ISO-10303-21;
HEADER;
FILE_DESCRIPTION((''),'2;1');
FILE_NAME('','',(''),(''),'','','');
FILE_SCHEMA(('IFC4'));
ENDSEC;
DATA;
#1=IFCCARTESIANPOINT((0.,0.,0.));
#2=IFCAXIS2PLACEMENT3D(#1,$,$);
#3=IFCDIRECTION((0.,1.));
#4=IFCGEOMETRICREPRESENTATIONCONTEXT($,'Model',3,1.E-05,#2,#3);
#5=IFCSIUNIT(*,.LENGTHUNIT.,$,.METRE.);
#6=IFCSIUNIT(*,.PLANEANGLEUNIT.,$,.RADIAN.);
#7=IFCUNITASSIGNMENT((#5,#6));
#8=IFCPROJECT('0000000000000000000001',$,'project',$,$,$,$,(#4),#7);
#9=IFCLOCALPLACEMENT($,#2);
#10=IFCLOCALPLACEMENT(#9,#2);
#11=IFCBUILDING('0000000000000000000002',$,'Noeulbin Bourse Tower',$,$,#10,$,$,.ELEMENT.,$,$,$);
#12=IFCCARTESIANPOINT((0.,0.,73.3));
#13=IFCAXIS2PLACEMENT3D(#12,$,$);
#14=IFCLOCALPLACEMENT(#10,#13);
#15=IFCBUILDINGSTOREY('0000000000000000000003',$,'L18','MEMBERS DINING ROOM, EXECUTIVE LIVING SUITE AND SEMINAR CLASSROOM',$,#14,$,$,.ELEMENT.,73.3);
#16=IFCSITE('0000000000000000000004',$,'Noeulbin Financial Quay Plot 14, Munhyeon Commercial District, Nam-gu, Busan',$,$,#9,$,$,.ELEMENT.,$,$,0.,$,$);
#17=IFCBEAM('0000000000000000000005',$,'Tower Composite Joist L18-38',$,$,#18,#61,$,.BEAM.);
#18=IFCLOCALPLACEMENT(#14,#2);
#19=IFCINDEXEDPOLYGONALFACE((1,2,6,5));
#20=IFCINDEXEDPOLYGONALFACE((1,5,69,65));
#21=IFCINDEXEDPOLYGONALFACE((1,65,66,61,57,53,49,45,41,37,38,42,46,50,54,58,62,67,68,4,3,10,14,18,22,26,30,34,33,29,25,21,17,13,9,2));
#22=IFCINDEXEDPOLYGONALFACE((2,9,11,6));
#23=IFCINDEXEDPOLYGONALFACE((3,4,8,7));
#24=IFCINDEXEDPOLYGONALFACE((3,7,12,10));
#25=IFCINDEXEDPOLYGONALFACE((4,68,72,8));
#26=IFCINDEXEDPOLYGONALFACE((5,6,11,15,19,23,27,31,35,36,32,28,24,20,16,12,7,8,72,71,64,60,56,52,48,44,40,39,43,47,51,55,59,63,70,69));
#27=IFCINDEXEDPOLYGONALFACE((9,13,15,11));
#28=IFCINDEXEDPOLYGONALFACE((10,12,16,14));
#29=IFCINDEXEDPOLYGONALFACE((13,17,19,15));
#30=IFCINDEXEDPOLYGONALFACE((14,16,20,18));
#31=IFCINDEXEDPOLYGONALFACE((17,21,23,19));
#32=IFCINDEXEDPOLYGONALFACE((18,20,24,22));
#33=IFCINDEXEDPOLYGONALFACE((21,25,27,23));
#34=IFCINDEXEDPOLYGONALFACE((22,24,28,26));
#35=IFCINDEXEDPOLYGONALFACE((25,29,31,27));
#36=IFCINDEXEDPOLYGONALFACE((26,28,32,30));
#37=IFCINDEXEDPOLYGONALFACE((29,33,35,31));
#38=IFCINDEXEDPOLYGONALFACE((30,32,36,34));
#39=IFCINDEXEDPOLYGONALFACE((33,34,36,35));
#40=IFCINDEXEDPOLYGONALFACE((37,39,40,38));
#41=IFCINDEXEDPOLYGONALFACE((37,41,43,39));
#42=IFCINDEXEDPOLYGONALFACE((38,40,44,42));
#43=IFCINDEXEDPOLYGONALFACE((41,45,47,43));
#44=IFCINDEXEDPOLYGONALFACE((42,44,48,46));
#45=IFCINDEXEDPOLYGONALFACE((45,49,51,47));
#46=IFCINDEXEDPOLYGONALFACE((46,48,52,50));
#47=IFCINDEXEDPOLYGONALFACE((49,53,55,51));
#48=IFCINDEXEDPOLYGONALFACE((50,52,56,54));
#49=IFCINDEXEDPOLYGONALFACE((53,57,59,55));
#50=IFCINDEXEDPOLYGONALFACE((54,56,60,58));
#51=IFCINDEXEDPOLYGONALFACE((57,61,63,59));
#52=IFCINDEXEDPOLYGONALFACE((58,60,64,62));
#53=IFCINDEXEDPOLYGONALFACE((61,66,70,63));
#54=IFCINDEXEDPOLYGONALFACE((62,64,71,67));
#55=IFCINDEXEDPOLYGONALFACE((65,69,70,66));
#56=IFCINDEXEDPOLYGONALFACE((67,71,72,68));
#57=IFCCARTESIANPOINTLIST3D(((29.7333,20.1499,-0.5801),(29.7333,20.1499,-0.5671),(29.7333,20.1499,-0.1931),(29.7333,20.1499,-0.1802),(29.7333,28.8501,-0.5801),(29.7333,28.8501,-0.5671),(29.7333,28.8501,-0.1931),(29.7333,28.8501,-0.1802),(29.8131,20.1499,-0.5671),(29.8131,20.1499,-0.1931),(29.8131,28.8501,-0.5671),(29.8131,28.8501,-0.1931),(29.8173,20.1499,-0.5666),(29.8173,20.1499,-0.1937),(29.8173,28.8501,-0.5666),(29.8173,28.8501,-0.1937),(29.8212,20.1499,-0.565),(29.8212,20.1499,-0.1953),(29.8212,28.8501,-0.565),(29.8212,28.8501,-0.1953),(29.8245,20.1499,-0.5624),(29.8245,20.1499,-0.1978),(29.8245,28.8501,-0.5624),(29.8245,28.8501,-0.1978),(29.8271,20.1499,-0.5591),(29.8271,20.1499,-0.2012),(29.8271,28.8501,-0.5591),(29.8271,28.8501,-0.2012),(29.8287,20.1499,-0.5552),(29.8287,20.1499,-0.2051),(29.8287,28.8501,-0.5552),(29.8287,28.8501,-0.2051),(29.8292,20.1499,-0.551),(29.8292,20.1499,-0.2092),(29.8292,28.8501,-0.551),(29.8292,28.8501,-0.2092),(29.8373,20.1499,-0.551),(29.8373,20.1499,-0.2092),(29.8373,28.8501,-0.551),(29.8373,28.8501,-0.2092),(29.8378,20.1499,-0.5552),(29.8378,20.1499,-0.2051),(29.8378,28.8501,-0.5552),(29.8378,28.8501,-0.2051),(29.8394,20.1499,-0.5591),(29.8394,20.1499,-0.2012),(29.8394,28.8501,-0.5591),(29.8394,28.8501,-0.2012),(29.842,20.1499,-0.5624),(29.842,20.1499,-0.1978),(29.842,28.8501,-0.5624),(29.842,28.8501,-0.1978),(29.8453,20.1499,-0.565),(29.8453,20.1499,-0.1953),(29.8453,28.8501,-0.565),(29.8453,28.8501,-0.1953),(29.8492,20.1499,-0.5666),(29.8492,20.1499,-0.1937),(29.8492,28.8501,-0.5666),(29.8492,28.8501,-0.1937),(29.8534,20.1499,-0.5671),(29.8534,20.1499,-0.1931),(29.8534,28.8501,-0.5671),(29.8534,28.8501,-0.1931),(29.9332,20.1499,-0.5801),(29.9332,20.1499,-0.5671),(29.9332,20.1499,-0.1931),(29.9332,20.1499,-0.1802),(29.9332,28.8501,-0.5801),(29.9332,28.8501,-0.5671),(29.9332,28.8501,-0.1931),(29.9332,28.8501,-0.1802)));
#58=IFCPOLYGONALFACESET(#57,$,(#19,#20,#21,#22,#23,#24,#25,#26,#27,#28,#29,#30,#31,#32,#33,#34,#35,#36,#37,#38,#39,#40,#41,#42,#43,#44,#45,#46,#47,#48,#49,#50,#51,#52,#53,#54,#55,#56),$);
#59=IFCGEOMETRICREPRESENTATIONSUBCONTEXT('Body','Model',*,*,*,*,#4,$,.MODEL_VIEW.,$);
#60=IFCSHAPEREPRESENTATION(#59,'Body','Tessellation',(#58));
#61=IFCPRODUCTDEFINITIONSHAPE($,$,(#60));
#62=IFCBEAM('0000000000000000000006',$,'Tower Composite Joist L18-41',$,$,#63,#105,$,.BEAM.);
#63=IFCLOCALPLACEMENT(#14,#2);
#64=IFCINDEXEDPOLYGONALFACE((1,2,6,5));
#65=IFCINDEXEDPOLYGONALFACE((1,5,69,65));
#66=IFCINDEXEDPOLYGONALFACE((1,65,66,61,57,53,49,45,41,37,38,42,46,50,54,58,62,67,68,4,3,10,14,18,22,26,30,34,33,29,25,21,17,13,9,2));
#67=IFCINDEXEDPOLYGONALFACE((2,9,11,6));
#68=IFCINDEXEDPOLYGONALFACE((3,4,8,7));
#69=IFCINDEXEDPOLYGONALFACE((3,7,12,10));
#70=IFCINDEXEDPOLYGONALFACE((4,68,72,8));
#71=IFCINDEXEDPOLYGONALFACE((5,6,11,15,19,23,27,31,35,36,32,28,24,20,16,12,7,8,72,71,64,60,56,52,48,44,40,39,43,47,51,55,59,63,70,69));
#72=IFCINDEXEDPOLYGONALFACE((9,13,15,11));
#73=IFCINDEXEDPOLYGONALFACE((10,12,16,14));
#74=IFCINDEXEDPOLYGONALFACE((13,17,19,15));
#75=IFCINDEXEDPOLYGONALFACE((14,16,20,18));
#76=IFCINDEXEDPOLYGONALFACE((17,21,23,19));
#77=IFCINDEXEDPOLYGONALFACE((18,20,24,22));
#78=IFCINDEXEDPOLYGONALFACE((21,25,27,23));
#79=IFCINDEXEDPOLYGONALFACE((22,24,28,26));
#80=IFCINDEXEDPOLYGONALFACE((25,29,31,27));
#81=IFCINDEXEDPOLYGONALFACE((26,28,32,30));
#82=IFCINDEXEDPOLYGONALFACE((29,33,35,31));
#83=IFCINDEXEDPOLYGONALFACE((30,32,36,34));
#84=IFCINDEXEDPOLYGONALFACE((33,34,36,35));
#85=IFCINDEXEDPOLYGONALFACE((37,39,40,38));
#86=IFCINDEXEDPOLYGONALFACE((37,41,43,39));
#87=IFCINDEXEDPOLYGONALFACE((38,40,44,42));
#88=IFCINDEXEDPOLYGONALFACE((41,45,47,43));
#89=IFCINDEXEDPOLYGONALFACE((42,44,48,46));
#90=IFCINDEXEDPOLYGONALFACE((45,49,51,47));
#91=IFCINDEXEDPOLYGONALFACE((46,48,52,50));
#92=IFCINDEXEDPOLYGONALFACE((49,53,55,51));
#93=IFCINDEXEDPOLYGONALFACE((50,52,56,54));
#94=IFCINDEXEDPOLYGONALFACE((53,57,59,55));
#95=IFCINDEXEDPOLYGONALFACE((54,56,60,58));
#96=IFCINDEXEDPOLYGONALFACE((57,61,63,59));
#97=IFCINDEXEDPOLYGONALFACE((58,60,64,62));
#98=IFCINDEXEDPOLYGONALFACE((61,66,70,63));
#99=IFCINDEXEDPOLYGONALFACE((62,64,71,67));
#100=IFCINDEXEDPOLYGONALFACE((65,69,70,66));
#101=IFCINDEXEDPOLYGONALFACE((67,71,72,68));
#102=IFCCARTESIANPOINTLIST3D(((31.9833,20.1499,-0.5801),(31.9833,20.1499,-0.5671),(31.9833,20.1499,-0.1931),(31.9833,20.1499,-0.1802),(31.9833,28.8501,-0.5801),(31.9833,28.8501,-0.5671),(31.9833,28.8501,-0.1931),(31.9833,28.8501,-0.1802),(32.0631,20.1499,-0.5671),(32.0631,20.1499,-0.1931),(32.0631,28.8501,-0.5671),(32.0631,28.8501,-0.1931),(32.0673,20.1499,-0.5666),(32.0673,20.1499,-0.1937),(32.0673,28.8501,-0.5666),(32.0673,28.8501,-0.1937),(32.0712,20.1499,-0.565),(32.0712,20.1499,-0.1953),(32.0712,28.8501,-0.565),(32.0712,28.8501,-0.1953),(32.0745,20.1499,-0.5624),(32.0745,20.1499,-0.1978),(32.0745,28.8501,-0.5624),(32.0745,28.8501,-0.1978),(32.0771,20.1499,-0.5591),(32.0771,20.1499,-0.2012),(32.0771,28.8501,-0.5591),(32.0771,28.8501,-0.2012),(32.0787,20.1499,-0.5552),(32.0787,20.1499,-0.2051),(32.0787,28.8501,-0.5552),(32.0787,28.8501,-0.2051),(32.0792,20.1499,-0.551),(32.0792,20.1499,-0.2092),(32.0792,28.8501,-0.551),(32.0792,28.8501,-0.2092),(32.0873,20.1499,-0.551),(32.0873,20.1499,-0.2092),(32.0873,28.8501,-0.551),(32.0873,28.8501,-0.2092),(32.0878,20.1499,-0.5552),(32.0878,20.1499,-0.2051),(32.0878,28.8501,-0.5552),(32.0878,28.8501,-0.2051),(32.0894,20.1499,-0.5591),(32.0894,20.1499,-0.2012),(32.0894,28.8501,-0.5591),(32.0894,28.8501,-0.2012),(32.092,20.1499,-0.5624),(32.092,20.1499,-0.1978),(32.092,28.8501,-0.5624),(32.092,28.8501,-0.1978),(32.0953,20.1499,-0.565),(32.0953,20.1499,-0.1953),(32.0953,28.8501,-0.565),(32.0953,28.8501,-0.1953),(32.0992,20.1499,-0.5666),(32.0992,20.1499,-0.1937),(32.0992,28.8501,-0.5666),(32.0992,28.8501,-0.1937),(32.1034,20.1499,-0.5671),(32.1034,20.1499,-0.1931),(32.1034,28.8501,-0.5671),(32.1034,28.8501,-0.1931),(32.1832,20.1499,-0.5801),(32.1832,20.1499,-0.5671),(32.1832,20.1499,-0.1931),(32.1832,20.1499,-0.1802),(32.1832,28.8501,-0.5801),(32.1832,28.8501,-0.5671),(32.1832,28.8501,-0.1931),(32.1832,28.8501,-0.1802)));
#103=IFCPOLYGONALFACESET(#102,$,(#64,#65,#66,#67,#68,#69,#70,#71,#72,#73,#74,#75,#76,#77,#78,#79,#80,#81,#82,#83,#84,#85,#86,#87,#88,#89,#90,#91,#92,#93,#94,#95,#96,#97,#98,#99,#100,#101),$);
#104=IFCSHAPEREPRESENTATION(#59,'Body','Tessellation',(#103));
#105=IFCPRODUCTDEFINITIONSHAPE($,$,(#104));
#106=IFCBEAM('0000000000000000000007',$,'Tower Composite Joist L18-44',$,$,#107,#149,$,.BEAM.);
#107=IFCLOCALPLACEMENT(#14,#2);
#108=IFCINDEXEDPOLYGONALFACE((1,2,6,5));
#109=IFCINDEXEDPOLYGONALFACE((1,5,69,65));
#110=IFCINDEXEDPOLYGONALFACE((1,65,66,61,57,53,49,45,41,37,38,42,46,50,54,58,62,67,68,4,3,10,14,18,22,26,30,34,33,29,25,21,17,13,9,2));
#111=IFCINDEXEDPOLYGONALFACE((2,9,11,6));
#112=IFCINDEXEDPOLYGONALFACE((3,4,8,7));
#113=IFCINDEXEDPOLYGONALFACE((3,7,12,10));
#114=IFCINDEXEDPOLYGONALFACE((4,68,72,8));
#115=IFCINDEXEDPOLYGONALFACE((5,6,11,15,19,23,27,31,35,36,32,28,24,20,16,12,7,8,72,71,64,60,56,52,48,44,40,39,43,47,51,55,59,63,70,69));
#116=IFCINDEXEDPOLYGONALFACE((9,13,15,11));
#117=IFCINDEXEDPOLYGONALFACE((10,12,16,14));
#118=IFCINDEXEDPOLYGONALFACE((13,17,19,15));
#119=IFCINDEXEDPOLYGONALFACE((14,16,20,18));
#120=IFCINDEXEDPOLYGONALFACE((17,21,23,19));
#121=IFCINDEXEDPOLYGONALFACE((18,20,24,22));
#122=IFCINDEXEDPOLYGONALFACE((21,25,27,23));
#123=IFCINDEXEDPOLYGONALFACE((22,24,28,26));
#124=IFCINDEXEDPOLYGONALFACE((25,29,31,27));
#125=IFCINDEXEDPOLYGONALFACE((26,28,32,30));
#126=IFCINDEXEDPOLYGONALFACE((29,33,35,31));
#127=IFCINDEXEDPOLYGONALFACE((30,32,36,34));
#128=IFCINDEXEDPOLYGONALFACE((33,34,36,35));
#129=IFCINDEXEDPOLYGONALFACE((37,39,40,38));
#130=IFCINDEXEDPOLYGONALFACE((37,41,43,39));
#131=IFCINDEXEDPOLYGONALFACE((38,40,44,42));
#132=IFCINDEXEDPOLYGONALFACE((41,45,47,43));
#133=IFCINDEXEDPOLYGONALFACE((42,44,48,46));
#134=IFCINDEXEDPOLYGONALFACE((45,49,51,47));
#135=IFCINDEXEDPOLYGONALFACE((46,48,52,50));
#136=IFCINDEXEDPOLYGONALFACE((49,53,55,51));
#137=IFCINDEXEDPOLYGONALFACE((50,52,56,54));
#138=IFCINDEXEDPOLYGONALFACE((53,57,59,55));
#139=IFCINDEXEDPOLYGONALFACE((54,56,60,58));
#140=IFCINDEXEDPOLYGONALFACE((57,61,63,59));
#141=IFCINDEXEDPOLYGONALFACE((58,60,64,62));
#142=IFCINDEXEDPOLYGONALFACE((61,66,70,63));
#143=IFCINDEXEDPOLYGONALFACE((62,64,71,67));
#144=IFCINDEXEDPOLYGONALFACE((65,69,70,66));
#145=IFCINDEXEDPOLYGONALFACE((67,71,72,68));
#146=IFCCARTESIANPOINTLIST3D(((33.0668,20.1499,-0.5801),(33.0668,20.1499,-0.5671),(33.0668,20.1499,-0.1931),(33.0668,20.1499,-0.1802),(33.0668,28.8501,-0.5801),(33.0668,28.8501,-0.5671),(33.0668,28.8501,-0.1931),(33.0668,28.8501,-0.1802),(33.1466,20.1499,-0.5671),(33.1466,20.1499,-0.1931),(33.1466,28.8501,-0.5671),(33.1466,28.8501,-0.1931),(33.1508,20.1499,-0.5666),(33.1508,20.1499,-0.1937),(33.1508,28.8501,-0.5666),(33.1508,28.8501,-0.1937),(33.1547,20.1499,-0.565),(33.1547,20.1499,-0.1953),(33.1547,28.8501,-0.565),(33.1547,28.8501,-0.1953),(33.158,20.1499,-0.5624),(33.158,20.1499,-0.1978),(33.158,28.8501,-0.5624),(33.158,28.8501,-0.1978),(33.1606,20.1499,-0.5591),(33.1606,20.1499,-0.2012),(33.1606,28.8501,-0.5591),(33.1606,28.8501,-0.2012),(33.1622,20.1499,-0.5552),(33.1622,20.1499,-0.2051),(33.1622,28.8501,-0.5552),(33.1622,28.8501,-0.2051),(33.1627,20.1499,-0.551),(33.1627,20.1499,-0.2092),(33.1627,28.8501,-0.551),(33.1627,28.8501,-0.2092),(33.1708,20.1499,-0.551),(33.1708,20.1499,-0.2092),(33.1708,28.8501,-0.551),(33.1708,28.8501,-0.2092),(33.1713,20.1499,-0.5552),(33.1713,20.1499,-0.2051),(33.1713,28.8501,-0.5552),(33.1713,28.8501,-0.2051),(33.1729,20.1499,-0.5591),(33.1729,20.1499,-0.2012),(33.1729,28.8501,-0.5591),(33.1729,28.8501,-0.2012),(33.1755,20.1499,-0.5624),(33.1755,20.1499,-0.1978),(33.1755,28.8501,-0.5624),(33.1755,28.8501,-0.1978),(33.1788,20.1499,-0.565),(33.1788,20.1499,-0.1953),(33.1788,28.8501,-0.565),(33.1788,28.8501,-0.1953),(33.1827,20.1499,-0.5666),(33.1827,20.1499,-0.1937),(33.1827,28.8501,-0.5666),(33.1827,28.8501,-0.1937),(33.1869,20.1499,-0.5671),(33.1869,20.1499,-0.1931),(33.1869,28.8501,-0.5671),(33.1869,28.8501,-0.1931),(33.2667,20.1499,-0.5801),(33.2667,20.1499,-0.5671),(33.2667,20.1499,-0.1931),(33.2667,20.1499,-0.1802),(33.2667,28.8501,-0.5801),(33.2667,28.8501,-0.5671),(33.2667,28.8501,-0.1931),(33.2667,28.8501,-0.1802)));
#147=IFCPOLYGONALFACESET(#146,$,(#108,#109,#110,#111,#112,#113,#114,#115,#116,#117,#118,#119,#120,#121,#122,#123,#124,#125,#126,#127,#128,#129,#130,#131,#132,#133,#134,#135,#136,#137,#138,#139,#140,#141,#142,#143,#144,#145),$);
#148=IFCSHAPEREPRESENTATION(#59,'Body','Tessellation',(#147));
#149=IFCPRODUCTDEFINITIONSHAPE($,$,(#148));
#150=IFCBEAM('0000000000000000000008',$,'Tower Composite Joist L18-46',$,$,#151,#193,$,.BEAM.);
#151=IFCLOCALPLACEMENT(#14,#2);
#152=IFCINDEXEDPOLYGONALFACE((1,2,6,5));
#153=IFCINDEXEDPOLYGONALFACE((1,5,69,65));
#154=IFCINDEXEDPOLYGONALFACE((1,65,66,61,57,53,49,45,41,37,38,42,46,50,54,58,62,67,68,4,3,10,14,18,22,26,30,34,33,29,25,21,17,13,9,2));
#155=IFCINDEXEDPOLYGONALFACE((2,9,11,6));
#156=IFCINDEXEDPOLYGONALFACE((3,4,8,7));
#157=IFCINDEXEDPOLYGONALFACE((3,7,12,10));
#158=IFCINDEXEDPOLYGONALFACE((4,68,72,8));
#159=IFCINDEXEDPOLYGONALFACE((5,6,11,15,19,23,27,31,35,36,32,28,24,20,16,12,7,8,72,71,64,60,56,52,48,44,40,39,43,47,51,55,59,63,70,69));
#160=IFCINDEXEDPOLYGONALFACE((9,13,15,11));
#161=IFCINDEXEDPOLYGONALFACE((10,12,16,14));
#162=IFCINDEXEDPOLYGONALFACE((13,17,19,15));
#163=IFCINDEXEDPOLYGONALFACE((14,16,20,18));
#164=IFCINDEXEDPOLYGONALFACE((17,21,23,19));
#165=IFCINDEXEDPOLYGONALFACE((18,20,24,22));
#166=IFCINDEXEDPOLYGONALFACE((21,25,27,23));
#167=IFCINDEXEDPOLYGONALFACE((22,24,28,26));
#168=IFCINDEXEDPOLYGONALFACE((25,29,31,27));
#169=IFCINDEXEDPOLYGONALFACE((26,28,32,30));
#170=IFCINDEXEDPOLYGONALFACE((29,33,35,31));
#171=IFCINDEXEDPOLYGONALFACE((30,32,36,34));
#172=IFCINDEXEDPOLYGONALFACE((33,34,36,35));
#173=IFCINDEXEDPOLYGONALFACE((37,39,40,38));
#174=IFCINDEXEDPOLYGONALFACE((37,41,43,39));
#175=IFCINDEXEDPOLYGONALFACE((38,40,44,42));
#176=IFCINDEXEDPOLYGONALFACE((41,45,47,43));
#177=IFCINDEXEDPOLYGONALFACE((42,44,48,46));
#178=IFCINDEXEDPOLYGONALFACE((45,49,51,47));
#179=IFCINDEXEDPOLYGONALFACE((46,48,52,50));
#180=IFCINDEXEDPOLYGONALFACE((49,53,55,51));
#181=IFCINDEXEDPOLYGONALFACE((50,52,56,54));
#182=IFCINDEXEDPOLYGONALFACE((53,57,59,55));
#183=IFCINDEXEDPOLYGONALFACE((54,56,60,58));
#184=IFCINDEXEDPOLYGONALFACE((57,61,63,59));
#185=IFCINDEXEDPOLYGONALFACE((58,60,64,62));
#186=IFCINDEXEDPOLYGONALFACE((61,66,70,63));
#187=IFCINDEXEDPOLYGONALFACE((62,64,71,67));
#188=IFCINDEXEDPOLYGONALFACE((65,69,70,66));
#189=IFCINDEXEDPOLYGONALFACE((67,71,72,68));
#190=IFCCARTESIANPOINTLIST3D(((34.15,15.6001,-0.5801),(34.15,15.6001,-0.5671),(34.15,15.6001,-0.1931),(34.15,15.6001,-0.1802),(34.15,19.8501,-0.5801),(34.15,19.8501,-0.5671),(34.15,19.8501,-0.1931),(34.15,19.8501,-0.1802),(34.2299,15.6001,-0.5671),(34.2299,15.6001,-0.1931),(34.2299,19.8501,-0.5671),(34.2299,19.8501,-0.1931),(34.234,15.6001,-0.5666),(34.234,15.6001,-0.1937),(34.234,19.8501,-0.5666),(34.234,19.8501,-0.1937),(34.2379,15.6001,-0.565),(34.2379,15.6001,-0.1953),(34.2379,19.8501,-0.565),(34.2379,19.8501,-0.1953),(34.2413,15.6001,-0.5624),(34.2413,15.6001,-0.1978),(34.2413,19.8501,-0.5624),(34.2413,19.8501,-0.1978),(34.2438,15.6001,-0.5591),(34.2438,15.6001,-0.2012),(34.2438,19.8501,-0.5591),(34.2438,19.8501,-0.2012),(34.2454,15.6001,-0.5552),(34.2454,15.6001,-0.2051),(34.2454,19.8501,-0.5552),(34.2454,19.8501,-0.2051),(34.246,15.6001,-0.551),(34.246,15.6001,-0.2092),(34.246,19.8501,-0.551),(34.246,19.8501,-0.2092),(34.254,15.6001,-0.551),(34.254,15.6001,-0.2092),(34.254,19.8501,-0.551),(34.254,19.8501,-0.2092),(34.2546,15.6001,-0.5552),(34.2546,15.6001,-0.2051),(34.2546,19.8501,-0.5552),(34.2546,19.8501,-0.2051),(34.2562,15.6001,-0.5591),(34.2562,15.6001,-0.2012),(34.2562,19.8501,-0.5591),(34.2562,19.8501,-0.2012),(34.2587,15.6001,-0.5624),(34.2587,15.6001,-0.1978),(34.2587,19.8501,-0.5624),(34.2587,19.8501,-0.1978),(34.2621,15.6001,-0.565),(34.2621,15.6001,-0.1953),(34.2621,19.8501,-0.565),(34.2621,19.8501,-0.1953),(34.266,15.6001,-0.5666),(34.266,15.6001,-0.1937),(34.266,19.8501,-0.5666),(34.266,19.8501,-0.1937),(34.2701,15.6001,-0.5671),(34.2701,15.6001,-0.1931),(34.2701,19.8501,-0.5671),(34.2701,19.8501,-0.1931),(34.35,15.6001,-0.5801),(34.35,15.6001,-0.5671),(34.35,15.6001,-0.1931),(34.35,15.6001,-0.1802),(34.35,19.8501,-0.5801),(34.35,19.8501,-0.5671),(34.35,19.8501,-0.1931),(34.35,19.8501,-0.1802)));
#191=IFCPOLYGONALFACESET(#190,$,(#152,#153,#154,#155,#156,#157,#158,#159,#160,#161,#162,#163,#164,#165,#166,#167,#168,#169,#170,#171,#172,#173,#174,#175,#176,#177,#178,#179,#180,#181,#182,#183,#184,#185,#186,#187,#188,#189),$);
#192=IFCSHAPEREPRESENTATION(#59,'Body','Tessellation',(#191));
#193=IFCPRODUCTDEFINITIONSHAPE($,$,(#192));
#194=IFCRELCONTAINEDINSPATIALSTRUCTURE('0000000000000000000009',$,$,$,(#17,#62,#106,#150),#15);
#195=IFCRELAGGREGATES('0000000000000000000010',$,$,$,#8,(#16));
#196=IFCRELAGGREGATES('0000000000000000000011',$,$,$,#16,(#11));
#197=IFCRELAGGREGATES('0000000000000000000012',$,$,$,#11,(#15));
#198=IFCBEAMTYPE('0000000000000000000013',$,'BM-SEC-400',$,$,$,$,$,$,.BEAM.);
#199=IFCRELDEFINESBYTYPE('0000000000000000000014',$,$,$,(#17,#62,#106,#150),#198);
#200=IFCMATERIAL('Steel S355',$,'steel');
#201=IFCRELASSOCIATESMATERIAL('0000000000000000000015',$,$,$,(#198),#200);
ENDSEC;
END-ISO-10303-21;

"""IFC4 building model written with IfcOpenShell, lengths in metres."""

from ifc_helpers import new_model, si_unit, direction, frame, origin, origin_2d, place, context, subcontext, project, spatial, i_section, extrude, material, material_profile, profile_set, type_object, element, save


model = new_model("IFC4")

# Units and contexts
model_context = context("Model", 3, precision=1e-05, world=origin(), true_north=direction((0.0, 1.0)))
body_context = subcontext(model_context, "Body", "Model", "MODEL_VIEW")
ifc_project = project(units=[si_unit("LENGTHUNIT", "METRE"), si_unit("PLANEANGLEUNIT", "RADIAN")], contexts=[model_context])

# Site, building, storey
site_placement = place(None, origin())
site = spatial("IfcSite", under=ifc_project, at=site_placement, Name="Noeulbin Financial Quay Plot 14, Munhyeon Commercial District, Nam-gu, Busan", CompositionType="ELEMENT", RefElevation=0.0)
building_placement = place(site_placement, origin())
building = spatial("IfcBuilding", under=site, at=building_placement, Name="Noeulbin Bourse Tower", CompositionType="ELEMENT")
storey_placement = place(building_placement, frame((0.0, 0.0, 73.3)))
storey = spatial("IfcBuildingStorey", under=building, at=storey_placement, Name="L18", Description="MEMBERS DINING ROOM, EXECUTIVE LIVING SUITE AND SEMINAR CLASSROOM", CompositionType="ELEMENT", Elevation=73.3)

# Beams
ifc_material_1 = material(Name="Steel S355", Category="steel")
ifc_material_profile_1 = material_profile(ifc_material_1, i_section(OverallWidth=0.2, OverallDepth=0.3999, WebThickness=0.0081, FlangeThickness=0.0129, FilletRadius=0.0161, at=origin_2d()), Name="H-400x200x8x13", Category="LoadBearing")
ifc_profile_set_1 = profile_set([ifc_material_profile_1], Name="Steel S355")
beam_type_1 = type_object("IfcBeamType", Name="BM-SEC-400", PredefinedType="BEAM", material=ifc_profile_set_1)
for number, where, z_axis, x_axis, name in (
    (1, (29.8333, 20.1499, -0.3801), (0.0, 1.0, 0.0), (-1.0, 0.0, 0.0), "Tower Composite Joist L18-38"),
    (2, (32.0833, 20.1499, -0.3801), (0.0, 1.0, 0.0), (-1.0, 0.0, 0.0), "Tower Composite Joist L18-41"),
    (3, (33.1667, 20.1499, -0.3801), (0.0, 1.0, 0.0), (-1.0, 0.0, 0.0), "Tower Composite Joist L18-44"),
):
    element("IfcBeam", number, at=place(storey_placement, frame(where, z_axis=z_axis, x_axis=x_axis)), inside=storey, type_object=beam_type_1, Name=name, PredefinedType="BEAM", context=body_context, shape_type="SweptSolid", body=[
        extrude(i_section(OverallWidth=0.2, OverallDepth=0.3999, WebThickness=0.0081, FlangeThickness=0.0129, FilletRadius=0.0161, at=origin_2d()), origin(), (0.0, 0.0, 1.0), 8.7002),
    ])
beam_1_placement = place(storey_placement, frame((34.25, 15.6001, -0.3801), z_axis=(0.0, 1.0, 0.0), x_axis=(-1.0, 0.0, 0.0)))
element("IfcBeam", 4, at=beam_1_placement, inside=storey, type_object=beam_type_1, Name="Tower Composite Joist L18-46", PredefinedType="BEAM", context=body_context, shape_type="SweptSolid", body=[
    extrude(i_section(OverallWidth=0.2, OverallDepth=0.3999, WebThickness=0.0081, FlangeThickness=0.0129, FilletRadius=0.0161, at=origin_2d()), origin(), (0.0, 0.0, 1.0), 4.25),
])

save(model, "model.ifc")
